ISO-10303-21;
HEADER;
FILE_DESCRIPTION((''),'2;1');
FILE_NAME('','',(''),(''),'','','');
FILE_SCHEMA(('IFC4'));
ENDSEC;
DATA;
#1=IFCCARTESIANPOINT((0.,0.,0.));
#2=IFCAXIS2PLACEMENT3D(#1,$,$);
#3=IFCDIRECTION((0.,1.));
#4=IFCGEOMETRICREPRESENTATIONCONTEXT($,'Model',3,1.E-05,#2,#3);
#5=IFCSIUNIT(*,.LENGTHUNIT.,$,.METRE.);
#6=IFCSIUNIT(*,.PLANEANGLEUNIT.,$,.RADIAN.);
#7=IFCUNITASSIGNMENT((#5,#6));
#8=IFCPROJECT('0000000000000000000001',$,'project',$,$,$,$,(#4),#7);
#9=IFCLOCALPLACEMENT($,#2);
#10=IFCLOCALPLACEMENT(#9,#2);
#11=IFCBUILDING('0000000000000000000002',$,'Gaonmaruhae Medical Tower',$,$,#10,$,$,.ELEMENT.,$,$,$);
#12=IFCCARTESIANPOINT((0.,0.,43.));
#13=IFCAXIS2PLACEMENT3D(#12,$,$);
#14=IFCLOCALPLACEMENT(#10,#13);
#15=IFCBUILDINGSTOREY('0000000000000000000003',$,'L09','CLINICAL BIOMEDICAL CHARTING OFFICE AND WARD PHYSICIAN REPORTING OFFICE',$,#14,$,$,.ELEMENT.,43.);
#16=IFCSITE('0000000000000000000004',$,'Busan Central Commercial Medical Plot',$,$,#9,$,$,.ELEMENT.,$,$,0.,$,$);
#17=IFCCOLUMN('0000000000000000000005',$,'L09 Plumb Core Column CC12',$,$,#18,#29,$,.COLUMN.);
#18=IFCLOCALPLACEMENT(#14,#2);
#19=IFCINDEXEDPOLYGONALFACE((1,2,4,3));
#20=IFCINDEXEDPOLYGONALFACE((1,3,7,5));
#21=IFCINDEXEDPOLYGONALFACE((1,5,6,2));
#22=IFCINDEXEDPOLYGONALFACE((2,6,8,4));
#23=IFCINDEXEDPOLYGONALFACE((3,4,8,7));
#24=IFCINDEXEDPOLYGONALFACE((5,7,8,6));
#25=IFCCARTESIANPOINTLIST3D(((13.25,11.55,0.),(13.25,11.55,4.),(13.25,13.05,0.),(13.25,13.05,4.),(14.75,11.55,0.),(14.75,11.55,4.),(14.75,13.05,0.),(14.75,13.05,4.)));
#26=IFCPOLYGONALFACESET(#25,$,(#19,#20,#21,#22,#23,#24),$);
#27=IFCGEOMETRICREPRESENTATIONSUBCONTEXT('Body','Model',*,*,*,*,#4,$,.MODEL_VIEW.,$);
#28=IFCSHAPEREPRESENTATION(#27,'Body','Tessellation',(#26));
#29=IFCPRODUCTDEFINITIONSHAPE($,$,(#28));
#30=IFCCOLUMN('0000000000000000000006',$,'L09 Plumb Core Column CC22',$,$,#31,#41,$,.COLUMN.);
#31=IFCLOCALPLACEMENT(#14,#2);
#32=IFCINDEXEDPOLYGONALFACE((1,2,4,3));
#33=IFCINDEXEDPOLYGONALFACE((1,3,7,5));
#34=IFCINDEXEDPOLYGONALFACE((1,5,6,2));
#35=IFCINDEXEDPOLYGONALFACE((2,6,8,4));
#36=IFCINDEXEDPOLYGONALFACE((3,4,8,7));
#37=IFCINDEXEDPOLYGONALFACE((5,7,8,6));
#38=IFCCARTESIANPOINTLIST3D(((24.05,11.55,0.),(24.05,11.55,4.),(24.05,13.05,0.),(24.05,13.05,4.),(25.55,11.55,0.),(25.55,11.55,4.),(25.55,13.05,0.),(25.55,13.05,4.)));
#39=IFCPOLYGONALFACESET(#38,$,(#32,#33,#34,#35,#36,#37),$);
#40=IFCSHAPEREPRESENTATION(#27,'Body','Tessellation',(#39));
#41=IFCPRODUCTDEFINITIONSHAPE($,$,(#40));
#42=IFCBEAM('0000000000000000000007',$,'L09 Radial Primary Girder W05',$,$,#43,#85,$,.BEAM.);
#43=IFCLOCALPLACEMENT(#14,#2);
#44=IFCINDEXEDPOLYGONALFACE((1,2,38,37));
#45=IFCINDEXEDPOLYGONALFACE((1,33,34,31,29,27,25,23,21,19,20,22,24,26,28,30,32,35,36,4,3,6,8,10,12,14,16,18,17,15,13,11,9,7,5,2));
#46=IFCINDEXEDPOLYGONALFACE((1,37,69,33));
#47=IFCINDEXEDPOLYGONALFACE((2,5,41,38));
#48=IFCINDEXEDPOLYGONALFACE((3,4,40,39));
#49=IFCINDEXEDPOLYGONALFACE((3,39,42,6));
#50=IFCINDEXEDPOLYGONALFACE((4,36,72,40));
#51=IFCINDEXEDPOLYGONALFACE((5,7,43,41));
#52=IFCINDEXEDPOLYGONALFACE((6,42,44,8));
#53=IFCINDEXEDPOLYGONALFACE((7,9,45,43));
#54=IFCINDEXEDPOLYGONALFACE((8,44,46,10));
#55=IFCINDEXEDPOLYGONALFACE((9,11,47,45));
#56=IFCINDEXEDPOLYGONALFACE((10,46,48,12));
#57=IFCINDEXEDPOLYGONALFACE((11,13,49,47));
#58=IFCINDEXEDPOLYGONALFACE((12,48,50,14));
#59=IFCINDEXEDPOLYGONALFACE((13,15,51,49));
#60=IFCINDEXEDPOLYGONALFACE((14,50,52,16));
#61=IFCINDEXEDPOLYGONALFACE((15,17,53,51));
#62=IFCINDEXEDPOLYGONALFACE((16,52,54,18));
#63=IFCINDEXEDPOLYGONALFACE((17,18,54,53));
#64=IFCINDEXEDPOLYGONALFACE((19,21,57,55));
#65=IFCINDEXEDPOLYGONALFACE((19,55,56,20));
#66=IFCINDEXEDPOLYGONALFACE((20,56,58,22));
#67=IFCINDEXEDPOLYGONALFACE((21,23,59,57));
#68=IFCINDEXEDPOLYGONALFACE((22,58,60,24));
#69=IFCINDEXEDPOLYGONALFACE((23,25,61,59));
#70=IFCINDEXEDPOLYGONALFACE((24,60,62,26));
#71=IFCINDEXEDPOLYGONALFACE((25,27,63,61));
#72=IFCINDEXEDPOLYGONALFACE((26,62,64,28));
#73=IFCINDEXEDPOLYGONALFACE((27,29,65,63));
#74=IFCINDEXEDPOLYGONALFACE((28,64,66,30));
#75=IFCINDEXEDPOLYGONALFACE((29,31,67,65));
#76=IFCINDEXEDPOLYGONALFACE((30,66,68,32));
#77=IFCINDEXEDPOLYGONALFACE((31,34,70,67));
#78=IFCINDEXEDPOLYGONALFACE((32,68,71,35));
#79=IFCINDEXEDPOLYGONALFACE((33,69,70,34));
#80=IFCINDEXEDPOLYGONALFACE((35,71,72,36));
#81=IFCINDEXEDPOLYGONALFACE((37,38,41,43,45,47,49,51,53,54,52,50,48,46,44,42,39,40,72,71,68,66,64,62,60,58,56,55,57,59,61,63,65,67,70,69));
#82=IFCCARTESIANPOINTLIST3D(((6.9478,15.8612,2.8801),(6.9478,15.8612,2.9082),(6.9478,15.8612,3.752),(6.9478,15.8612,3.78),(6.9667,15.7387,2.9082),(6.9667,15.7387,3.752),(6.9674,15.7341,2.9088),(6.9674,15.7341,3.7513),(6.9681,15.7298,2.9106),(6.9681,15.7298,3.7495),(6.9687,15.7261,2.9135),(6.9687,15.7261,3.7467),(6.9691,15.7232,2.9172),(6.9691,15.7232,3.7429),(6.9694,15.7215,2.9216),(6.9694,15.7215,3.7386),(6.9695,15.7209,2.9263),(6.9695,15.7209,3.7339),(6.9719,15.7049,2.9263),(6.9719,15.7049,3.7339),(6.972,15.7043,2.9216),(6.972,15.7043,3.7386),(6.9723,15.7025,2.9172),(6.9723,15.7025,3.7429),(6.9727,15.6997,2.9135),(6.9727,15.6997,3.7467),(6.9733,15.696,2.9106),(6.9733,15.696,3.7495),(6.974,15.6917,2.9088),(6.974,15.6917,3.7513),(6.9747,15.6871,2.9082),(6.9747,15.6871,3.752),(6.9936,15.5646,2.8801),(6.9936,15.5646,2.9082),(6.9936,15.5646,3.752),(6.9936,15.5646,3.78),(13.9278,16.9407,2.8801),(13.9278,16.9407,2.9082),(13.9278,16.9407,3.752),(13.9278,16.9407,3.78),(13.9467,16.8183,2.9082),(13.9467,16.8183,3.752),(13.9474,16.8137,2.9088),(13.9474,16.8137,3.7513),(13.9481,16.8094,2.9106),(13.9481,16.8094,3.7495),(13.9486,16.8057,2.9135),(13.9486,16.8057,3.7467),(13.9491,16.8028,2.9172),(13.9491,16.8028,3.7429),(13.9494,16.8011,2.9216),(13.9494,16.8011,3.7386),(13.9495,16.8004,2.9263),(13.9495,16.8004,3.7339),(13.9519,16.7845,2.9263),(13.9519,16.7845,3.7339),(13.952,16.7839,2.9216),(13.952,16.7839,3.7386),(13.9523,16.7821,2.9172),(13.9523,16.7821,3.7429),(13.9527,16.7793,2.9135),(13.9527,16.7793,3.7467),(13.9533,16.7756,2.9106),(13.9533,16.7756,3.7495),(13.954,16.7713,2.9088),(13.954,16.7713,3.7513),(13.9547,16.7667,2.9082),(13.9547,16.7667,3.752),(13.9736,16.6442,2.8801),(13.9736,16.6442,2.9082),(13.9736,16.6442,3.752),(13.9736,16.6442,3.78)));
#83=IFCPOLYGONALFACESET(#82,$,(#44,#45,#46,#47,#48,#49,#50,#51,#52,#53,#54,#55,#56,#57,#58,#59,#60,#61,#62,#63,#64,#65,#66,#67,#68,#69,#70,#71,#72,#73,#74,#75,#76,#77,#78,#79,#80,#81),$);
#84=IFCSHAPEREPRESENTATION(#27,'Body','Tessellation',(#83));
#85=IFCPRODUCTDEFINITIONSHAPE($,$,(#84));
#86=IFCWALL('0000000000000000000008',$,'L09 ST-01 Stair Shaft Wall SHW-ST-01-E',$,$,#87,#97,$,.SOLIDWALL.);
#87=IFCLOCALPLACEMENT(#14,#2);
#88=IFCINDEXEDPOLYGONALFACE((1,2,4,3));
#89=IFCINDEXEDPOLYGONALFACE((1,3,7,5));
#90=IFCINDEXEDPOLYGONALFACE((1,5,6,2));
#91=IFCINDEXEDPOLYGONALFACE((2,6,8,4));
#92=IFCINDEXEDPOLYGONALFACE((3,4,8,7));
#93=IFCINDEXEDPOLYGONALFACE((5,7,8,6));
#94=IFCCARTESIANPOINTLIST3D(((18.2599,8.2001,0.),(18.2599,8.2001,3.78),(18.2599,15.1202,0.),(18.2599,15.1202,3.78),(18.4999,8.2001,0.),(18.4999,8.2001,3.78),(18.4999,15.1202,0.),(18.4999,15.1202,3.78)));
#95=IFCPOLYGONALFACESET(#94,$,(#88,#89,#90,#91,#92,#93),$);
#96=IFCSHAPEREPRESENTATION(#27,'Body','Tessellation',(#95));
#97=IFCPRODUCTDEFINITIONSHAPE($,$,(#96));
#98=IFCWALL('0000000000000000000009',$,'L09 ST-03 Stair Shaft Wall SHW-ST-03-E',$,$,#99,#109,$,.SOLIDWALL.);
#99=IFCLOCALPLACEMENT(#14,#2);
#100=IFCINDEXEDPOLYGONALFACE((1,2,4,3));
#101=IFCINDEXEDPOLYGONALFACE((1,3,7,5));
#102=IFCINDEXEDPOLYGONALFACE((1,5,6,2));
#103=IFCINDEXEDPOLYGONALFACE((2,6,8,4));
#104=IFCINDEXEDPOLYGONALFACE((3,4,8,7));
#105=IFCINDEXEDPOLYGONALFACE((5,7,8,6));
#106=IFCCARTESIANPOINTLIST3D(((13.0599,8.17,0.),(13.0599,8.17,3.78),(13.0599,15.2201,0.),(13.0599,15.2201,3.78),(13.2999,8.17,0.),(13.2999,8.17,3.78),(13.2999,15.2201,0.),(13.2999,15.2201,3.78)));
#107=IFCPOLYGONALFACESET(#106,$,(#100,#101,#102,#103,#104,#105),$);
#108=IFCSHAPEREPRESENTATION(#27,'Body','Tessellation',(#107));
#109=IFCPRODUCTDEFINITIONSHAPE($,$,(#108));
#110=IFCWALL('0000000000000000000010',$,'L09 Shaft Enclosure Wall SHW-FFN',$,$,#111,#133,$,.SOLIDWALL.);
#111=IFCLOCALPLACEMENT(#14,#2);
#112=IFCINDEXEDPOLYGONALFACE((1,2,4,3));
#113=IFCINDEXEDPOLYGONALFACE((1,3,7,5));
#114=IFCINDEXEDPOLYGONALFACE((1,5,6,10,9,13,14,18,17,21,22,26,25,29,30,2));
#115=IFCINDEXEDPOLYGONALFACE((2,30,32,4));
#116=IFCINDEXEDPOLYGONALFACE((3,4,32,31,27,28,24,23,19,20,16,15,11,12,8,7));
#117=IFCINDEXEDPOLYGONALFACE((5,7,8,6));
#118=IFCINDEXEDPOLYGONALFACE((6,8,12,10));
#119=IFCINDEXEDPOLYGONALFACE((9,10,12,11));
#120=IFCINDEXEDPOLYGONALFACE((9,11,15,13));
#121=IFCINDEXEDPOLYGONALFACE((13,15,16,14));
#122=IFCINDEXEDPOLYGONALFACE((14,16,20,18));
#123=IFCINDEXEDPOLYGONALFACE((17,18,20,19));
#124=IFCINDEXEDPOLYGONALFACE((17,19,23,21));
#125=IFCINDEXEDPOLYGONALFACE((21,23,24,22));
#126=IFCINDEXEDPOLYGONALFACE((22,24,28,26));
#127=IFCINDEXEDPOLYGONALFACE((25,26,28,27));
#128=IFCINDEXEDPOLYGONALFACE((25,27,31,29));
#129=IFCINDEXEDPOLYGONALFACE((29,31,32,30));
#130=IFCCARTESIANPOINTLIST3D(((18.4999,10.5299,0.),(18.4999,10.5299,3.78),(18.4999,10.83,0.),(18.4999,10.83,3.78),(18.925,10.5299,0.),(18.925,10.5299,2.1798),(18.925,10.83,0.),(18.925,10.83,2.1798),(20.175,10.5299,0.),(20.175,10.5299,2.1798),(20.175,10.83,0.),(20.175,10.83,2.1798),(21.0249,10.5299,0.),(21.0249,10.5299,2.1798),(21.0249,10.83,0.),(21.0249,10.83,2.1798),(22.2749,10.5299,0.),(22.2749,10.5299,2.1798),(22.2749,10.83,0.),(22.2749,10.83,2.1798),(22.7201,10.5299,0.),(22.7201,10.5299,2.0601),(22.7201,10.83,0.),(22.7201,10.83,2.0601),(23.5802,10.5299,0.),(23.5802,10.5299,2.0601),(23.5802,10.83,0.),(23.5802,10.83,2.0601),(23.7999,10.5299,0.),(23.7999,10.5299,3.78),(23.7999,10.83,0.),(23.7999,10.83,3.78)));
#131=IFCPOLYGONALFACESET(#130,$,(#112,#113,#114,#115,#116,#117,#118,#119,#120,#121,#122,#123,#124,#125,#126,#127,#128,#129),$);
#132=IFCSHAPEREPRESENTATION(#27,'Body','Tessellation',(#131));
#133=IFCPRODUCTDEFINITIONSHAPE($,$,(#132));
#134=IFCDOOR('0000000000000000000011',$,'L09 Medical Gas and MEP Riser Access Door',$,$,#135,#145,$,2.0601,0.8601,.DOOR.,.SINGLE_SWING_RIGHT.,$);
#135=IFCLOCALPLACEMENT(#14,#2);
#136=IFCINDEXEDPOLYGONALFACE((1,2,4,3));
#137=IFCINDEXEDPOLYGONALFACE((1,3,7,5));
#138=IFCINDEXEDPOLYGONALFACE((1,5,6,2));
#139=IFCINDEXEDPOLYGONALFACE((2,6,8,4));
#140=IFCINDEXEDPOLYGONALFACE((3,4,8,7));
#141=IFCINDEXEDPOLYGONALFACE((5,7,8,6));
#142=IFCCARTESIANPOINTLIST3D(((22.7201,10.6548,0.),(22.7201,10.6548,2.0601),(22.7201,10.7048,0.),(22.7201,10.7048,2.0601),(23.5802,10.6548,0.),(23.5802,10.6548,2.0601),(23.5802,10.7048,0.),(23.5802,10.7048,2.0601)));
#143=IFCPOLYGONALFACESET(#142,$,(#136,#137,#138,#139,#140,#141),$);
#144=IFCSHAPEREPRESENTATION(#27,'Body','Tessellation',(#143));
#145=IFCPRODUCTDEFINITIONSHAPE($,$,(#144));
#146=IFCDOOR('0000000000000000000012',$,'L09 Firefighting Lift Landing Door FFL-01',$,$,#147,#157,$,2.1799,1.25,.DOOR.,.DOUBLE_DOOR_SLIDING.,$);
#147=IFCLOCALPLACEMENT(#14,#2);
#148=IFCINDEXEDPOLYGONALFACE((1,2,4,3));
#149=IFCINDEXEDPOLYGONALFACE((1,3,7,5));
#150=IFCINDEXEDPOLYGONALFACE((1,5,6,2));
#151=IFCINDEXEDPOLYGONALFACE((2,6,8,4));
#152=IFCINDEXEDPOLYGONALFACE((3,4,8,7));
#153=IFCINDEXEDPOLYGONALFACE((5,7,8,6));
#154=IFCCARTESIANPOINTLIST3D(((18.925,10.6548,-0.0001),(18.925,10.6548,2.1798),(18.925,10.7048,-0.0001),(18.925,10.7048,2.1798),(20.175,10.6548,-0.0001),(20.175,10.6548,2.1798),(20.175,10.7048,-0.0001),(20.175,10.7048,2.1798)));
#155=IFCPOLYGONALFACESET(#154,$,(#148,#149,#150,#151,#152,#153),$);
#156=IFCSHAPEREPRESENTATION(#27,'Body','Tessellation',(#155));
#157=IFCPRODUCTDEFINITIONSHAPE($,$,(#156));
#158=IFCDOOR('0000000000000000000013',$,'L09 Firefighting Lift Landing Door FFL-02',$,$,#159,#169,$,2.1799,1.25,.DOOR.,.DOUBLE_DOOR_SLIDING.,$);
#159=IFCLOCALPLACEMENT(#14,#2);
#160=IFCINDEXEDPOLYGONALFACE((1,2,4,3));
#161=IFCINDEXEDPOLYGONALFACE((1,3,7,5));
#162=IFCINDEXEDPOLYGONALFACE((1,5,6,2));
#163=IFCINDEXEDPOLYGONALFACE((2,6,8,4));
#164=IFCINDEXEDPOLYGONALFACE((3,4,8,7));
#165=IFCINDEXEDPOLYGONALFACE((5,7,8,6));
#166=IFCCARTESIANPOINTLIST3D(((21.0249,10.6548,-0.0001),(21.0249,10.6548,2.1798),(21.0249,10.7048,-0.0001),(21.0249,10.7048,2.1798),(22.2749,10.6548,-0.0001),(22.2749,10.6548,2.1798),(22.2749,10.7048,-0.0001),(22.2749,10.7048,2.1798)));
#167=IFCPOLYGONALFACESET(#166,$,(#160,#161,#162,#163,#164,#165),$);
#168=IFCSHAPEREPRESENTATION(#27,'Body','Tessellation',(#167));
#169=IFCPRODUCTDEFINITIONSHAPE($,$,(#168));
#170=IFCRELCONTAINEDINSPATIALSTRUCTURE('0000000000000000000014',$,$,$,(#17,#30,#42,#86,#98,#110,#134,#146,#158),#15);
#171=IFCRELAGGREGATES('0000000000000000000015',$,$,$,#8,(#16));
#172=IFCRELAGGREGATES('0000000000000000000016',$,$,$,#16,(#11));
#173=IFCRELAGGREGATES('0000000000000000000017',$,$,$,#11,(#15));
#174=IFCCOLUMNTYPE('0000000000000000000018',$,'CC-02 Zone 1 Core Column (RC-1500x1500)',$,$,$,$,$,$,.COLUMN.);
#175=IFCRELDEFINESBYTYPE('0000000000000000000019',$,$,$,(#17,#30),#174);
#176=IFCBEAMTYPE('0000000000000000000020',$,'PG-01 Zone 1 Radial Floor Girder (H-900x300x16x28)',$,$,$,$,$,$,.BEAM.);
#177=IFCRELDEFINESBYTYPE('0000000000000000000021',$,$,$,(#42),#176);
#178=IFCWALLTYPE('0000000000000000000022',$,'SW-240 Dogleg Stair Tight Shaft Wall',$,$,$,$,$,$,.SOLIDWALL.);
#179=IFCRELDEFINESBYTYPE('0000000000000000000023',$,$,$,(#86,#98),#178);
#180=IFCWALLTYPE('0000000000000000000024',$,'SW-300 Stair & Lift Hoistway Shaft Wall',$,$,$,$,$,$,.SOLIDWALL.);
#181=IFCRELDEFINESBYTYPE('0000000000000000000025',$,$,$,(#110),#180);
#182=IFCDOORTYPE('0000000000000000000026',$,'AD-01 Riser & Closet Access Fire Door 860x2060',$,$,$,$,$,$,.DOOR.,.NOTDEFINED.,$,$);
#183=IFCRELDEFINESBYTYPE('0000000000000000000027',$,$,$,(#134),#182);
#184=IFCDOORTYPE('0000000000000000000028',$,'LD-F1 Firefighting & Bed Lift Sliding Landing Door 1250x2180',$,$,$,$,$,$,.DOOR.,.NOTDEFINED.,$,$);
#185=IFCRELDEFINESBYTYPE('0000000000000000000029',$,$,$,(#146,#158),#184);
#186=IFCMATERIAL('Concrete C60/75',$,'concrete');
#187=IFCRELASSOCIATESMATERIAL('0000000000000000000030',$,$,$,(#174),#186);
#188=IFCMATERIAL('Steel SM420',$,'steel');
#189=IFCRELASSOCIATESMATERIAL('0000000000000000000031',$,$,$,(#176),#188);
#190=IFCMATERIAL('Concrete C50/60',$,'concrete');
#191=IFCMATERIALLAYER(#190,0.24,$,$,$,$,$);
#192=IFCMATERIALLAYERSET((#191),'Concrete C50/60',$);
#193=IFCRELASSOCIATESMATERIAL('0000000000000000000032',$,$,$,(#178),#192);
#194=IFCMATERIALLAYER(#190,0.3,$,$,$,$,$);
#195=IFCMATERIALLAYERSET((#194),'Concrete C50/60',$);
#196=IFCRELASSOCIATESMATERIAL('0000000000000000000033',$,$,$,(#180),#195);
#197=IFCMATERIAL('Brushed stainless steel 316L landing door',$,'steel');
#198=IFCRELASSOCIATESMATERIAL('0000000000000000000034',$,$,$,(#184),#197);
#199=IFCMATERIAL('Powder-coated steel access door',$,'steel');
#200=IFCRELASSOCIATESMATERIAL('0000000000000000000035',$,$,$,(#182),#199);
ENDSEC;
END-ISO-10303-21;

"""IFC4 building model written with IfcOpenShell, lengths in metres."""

from ifc_helpers import new_model, si_unit, direction, frame, frame_2d, origin, origin_2d, place, context, subcontext, project, spatial, rectangle, i_section, extrude, material, layer, layer_set, material_profile, profile_set, type_object, element, fill, save


model = new_model("IFC4")

# Units and contexts
model_context = context("Model", 3, precision=1e-05, world=origin(), true_north=direction((0.0, 1.0)))
body_context = subcontext(model_context, "Body", "Model", "MODEL_VIEW")
ifc_project = project(units=[si_unit("LENGTHUNIT", "METRE"), si_unit("PLANEANGLEUNIT", "RADIAN")], contexts=[model_context])

# Site, building, storey
site_placement = place(None, origin())
site = spatial("IfcSite", under=ifc_project, at=site_placement, Name="Busan Central Commercial Medical Plot", CompositionType="ELEMENT", RefElevation=0.0)
building_placement = place(site_placement, origin())
building = spatial("IfcBuilding", under=site, at=building_placement, Name="Gaonmaruhae Medical Tower", CompositionType="ELEMENT")
storey_placement = place(building_placement, frame((0.0, 0.0, 43.0)))
storey = spatial("IfcBuildingStorey", under=building, at=storey_placement, Name="L09", Description="CLINICAL BIOMEDICAL CHARTING OFFICE AND WARD PHYSICIAN REPORTING OFFICE", CompositionType="ELEMENT", Elevation=43.0)

# Columns
ifc_material_1 = material(Name="Concrete C60/75", Category="concrete")
ifc_material_profile_1 = material_profile(ifc_material_1, rectangle(XDim=1.5, YDim=1.5, at=origin_2d()), Name="RC-1500x1500")
ifc_profile_set_1 = profile_set([ifc_material_profile_1], Name="Concrete C60/75")
column_type = type_object("IfcColumnType", Name="CC-02 Zone 1 Core Column (RC-1500x1500)", PredefinedType="COLUMN", material=ifc_profile_set_1)
for number, where, z_axis, x_axis, name in (
    (1, (14.0, 12.3, 0.0), (0.0, 0.0, 1.0), (1.0, 0.0, 0.0), "L09 Plumb Core Column CC12"),
    (2, (24.8, 12.3, 0.0), (0.0, 0.0, 1.0), (1.0, 0.0, 0.0), "L09 Plumb Core Column CC22"),
):
    element("IfcColumn", number, at=place(storey_placement, frame(where, z_axis=z_axis, x_axis=x_axis)), inside=storey, type_object=column_type, Name=name, PredefinedType="COLUMN", context=body_context, shape_type="SweptSolid", body=[
        extrude(rectangle(XDim=1.5, YDim=1.5, at=origin_2d()), origin(), (0.0, 0.0, 1.0), 4.0),
    ])

# Beam
ifc_material_2 = material(Name="Steel SM420", Category="steel")
ifc_material_profile_2 = material_profile(ifc_material_2, i_section(OverallWidth=0.3, OverallDepth=0.8999, WebThickness=0.0161, FlangeThickness=0.0281, FilletRadius=0.0181, at=origin_2d()), Name="H-900x300x16x28")
ifc_profile_set_2 = profile_set([ifc_material_profile_2], Name="Steel SM420")
beam_type = type_object("IfcBeamType", Name="PG-01 Zone 1 Radial Floor Girder (H-900x300x16x28)", PredefinedType="BEAM", material=ifc_profile_set_2)
beam_placement = place(storey_placement, frame((13.9507, 16.7925, 3.3301), z_axis=(-0.988249, -0.152852, 0.0), x_axis=(0.152852, -0.988249, 0.0)))
element("IfcBeam", 3, at=beam_placement, inside=storey, type_object=beam_type, Name="L09 Radial Primary Girder W05", PredefinedType="BEAM", context=body_context, shape_type="SweptSolid", body=[
    extrude(i_section(OverallWidth=0.3, OverallDepth=0.8999, WebThickness=0.0161, FlangeThickness=0.0281, FilletRadius=0.0181, at=origin_2d()), origin(), (0.0, 0.0, 1.0), 7.063),
])

# Shared definitions
ifc_material_3 = material(Name="Concrete C50/60", Category="concrete")
ifc_layer_1 = layer(ifc_material_3, 0.24)
ifc_layer_set_1 = layer_set([ifc_layer_1], Name="Concrete C50/60")
wall_type_1 = type_object("IfcWallType", Name="SW-240 Dogleg Stair Tight Shaft Wall", PredefinedType="SOLIDWALL", material=ifc_layer_set_1)

# Walls
wall_1_placement = place(storey_placement, frame((18.3799, 15.1201, 0.0), z_axis=(0.0, 0.0, 1.0), x_axis=(0.0, -1.0, 0.0)))
element("IfcWall", 4, at=wall_1_placement, inside=storey, type_object=wall_type_1, Name="L09 ST-01 Stair Shaft Wall SHW-ST-01-E", PredefinedType="SOLIDWALL", context=body_context, shape_type="SweptSolid", body=[
    extrude(rectangle(XDim=6.9202, YDim=0.24, at=frame_2d((3.46, 0.0))), origin(), (0.0, 0.0, 1.0), 3.78),
])
wall_2_placement = place(storey_placement, frame((13.1799, 15.22, 0.0), z_axis=(0.0, 0.0, 1.0), x_axis=(0.0, -1.0, 0.0)))
element("IfcWall", 5, at=wall_2_placement, inside=storey, type_object=wall_type_1, Name="L09 ST-03 Stair Shaft Wall SHW-ST-03-E", PredefinedType="SOLIDWALL", context=body_context, shape_type="SweptSolid", body=[
    extrude(rectangle(XDim=7.05, YDim=0.24, at=frame_2d((3.5249, 0.0))), origin(), (0.0, 0.0, 1.0), 3.78),
])

# Wall, openings, doors
ifc_layer_2 = layer(ifc_material_3, 0.3)
ifc_layer_set_2 = layer_set([ifc_layer_2], Name="Concrete C50/60")
wall_type_2 = type_object("IfcWallType", Name="SW-300 Stair & Lift Hoistway Shaft Wall", PredefinedType="SOLIDWALL", material=ifc_layer_set_2)
ifc_material_4 = material(Name="Brushed stainless steel 316L landing door", Category="steel")
door_type_1 = type_object("IfcDoorType", Name="LD-F1 Firefighting & Bed Lift Sliding Landing Door 1250x2180", OperationType="NOTDEFINED", PredefinedType="DOOR", material=ifc_material_4)
wall_3_placement = place(storey_placement, frame((18.5, 10.6799, 0.0), z_axis=(0.0, 0.0, 1.0), x_axis=(1.0, 0.0, 0.0)))
wall_3 = element("IfcWall", 6, at=wall_3_placement, inside=storey, type_object=wall_type_2, Name="L09 Shaft Enclosure Wall SHW-FFN", PredefinedType="SOLIDWALL", context=body_context, shape_type="SweptSolid", body=[
    extrude(rectangle(XDim=5.3, YDim=0.3, at=frame_2d((2.6499, 0.0))), origin(), (0.0, 0.0, 1.0), 3.78),
])
opening_1_placement = place(wall_3_placement, frame((4.22, 0.0, 0.0)))
opening_1 = element("IfcOpeningElement", 7, at=opening_1_placement, cuts=wall_3, PredefinedType="OPENING", context=body_context, shape_type="SweptSolid", body=[
    extrude(rectangle(XDim=0.8601, YDim=2.0601, at=frame_2d((0.4302, 1.03))), frame((0.0, 0.1602, 0.0), z_axis=(0.0, -1.0, 0.0), x_axis=(1.0, 0.0, 0.0)), (0.0, 0.0, 1.0), 0.3201),
])
opening_2_placement = place(wall_3_placement, frame((0.425, 0.0, 0.0)))
opening_2 = element("IfcOpeningElement", 8, at=opening_2_placement, cuts=wall_3, PredefinedType="OPENING", context=body_context, shape_type="SweptSolid", body=[
    extrude(rectangle(XDim=1.25, YDim=2.1799, at=frame_2d((0.625, 1.0898))), frame((0.0, 0.1602, 0.0), z_axis=(0.0, -1.0, 0.0), x_axis=(1.0, 0.0, 0.0)), (0.0, 0.0, 1.0), 0.3201),
])
opening_3_placement = place(wall_3_placement, frame((2.5249, 0.0, 0.0)))
opening_3 = element("IfcOpeningElement", 9, at=opening_3_placement, cuts=wall_3, PredefinedType="OPENING", context=body_context, shape_type="SweptSolid", body=[
    extrude(rectangle(XDim=1.25, YDim=2.1799, at=frame_2d((0.625, 1.0898))), frame((0.0, 0.1602, 0.0), z_axis=(0.0, -1.0, 0.0), x_axis=(1.0, 0.0, 0.0)), (0.0, 0.0, 1.0), 0.3201),
])
ifc_material_5 = material(Name="Powder-coated steel access door", Category="steel")
door_type_2 = type_object("IfcDoorType", Name="AD-01 Riser & Closet Access Fire Door 860x2060", OperationType="NOTDEFINED", PredefinedType="DOOR", material=ifc_material_5)
door_1_placement = place(opening_1_placement, origin())
door_1 = element("IfcDoor", 10, at=door_1_placement, inside=storey, type_object=door_type_2, Name="L09 Medical Gas and MEP Riser Access Door", OperationType="SINGLE_SWING_RIGHT", OverallHeight=2.0601, OverallWidth=0.8601, PredefinedType="DOOR", context=body_context, shape_type="SweptSolid", body=[
    extrude(rectangle(XDim=0.8601, YDim=2.0601, at=frame_2d((0.4302, 1.03))), frame((0.0, 0.0249, 0.0), z_axis=(0.0, -1.0, 0.0), x_axis=(1.0, 0.0, 0.0)), (0.0, 0.0, 1.0), 0.05),
])
fill(opening_1, door_1)
door_2_placement = place(opening_2_placement, origin())
door_2 = element("IfcDoor", 11, at=door_2_placement, inside=storey, type_object=door_type_1, Name="L09 Firefighting Lift Landing Door FFL-01", OperationType="DOUBLE_DOOR_SLIDING", OverallHeight=2.1799, OverallWidth=1.25, PredefinedType="DOOR", context=body_context, shape_type="SweptSolid", body=[
    extrude(rectangle(XDim=1.25, YDim=2.1799, at=frame_2d((0.625, 1.0898))), frame((0.0, 0.0249, 0.0), z_axis=(0.0, -1.0, 0.0), x_axis=(1.0, 0.0, 0.0)), (0.0, 0.0, 1.0), 0.05),
])
fill(opening_2, door_2)
door_3_placement = place(opening_3_placement, origin())
door_3 = element("IfcDoor", 12, at=door_3_placement, inside=storey, type_object=door_type_1, Name="L09 Firefighting Lift Landing Door FFL-02", OperationType="DOUBLE_DOOR_SLIDING", OverallHeight=2.1799, OverallWidth=1.25, PredefinedType="DOOR", context=body_context, shape_type="SweptSolid", body=[
    extrude(rectangle(XDim=1.25, YDim=2.1799, at=frame_2d((0.625, 1.0898))), frame((0.0, 0.0249, 0.0), z_axis=(0.0, -1.0, 0.0), x_axis=(1.0, 0.0, 0.0)), (0.0, 0.0, 1.0), 0.05),
])
fill(opening_3, door_3)

save(model, "model.ifc")
